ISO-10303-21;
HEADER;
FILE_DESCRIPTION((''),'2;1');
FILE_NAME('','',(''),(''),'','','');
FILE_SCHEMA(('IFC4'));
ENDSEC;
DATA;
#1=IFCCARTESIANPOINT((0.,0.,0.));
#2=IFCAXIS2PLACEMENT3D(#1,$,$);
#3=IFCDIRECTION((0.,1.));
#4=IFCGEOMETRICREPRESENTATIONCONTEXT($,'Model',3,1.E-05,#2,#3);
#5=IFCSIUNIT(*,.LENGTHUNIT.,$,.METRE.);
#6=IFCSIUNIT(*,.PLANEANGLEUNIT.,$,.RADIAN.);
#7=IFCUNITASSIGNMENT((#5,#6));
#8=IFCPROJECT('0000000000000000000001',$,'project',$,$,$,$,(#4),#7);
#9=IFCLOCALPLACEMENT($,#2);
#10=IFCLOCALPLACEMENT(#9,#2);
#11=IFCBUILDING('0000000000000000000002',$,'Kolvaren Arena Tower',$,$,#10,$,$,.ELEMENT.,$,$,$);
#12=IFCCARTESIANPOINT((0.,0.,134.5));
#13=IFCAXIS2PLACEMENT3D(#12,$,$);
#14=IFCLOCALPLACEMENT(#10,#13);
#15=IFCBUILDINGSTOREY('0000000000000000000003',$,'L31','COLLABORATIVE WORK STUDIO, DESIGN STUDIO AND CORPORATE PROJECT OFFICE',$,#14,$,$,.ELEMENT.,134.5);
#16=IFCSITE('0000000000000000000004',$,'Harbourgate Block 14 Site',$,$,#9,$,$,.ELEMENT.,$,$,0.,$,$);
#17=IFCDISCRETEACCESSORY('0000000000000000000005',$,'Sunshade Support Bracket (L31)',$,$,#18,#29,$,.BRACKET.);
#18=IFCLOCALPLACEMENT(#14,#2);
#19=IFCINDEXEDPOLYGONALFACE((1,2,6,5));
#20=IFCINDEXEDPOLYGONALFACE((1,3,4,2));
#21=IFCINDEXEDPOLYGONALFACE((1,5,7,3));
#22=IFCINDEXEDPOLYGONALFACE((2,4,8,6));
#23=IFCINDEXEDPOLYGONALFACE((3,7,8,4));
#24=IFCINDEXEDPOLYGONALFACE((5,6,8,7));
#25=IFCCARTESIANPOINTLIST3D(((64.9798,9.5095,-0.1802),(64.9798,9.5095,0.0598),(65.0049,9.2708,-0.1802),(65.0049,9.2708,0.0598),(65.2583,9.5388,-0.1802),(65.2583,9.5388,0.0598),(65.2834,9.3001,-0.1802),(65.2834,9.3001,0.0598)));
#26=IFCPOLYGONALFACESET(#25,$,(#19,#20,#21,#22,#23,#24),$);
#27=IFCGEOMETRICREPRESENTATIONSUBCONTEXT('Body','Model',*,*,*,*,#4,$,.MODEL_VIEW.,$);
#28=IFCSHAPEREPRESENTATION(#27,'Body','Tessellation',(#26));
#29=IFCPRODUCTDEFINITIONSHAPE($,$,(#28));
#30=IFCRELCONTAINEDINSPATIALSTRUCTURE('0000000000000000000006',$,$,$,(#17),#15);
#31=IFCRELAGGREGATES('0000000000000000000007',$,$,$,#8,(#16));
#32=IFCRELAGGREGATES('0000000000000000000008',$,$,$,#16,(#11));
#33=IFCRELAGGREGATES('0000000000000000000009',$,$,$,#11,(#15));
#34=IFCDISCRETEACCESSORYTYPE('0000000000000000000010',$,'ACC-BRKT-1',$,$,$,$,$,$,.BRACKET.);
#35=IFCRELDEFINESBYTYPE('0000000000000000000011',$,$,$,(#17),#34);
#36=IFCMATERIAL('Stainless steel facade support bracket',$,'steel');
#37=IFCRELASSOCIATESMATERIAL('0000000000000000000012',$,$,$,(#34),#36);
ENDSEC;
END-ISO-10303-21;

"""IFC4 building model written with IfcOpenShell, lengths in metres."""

from ifc_helpers import new_model, si_unit, direction, frame, origin, origin_2d, place, context, subcontext, project, spatial, rectangle, extrude, material, type_object, element, save


model = new_model("IFC4")

# Units and contexts
model_context = context("Model", 3, precision=1e-05, world=origin(), true_north=direction((0.0, 1.0)))
body_context = subcontext(model_context, "Body", "Model", "MODEL_VIEW")
ifc_project = project(units=[si_unit("LENGTHUNIT", "METRE"), si_unit("PLANEANGLEUNIT", "RADIAN")], contexts=[model_context])

# Site, building, storey
site_placement = place(None, origin())
site = spatial("IfcSite", under=ifc_project, at=site_placement, Name="Harbourgate Block 14 Site", CompositionType="ELEMENT", RefElevation=0.0)
building_placement = place(site_placement, origin())
building = spatial("IfcBuilding", under=site, at=building_placement, Name="Kolvaren Arena Tower", CompositionType="ELEMENT")
storey_placement = place(building_placement, frame((0.0, 0.0, 134.5)))
storey = spatial("IfcBuildingStorey", under=building, at=storey_placement, Name="L31", Description="COLLABORATIVE WORK STUDIO, DESIGN STUDIO AND CORPORATE PROJECT OFFICE", CompositionType="ELEMENT", Elevation=134.5)

# Discrete accessory
ifc_material_1 = material(Name="Stainless steel facade support bracket", Category="steel")
discrete_accessory_type = type_object("IfcDiscreteAccessoryType", Name="ACC-BRKT-1", PredefinedType="BRACKET", material=ifc_material_1)
discrete_accessory_placement = place(storey_placement, frame((65.1316, 9.4048, -0.1802), z_axis=(0.0, 0.0, 1.0), x_axis=(-0.994522, -0.104527, 0.0)))
element("IfcDiscreteAccessory", 1, at=discrete_accessory_placement, inside=storey, type_object=discrete_accessory_type, Name="Sunshade Support Bracket (L31)", PredefinedType="BRACKET", context=body_context, shape_type="SweptSolid", body=[
    extrude(rectangle(XDim=0.28, YDim=0.24, at=origin_2d()), origin(), (0.0, 0.0, 1.0), 0.24),
])

save(model, "model.ifc")
